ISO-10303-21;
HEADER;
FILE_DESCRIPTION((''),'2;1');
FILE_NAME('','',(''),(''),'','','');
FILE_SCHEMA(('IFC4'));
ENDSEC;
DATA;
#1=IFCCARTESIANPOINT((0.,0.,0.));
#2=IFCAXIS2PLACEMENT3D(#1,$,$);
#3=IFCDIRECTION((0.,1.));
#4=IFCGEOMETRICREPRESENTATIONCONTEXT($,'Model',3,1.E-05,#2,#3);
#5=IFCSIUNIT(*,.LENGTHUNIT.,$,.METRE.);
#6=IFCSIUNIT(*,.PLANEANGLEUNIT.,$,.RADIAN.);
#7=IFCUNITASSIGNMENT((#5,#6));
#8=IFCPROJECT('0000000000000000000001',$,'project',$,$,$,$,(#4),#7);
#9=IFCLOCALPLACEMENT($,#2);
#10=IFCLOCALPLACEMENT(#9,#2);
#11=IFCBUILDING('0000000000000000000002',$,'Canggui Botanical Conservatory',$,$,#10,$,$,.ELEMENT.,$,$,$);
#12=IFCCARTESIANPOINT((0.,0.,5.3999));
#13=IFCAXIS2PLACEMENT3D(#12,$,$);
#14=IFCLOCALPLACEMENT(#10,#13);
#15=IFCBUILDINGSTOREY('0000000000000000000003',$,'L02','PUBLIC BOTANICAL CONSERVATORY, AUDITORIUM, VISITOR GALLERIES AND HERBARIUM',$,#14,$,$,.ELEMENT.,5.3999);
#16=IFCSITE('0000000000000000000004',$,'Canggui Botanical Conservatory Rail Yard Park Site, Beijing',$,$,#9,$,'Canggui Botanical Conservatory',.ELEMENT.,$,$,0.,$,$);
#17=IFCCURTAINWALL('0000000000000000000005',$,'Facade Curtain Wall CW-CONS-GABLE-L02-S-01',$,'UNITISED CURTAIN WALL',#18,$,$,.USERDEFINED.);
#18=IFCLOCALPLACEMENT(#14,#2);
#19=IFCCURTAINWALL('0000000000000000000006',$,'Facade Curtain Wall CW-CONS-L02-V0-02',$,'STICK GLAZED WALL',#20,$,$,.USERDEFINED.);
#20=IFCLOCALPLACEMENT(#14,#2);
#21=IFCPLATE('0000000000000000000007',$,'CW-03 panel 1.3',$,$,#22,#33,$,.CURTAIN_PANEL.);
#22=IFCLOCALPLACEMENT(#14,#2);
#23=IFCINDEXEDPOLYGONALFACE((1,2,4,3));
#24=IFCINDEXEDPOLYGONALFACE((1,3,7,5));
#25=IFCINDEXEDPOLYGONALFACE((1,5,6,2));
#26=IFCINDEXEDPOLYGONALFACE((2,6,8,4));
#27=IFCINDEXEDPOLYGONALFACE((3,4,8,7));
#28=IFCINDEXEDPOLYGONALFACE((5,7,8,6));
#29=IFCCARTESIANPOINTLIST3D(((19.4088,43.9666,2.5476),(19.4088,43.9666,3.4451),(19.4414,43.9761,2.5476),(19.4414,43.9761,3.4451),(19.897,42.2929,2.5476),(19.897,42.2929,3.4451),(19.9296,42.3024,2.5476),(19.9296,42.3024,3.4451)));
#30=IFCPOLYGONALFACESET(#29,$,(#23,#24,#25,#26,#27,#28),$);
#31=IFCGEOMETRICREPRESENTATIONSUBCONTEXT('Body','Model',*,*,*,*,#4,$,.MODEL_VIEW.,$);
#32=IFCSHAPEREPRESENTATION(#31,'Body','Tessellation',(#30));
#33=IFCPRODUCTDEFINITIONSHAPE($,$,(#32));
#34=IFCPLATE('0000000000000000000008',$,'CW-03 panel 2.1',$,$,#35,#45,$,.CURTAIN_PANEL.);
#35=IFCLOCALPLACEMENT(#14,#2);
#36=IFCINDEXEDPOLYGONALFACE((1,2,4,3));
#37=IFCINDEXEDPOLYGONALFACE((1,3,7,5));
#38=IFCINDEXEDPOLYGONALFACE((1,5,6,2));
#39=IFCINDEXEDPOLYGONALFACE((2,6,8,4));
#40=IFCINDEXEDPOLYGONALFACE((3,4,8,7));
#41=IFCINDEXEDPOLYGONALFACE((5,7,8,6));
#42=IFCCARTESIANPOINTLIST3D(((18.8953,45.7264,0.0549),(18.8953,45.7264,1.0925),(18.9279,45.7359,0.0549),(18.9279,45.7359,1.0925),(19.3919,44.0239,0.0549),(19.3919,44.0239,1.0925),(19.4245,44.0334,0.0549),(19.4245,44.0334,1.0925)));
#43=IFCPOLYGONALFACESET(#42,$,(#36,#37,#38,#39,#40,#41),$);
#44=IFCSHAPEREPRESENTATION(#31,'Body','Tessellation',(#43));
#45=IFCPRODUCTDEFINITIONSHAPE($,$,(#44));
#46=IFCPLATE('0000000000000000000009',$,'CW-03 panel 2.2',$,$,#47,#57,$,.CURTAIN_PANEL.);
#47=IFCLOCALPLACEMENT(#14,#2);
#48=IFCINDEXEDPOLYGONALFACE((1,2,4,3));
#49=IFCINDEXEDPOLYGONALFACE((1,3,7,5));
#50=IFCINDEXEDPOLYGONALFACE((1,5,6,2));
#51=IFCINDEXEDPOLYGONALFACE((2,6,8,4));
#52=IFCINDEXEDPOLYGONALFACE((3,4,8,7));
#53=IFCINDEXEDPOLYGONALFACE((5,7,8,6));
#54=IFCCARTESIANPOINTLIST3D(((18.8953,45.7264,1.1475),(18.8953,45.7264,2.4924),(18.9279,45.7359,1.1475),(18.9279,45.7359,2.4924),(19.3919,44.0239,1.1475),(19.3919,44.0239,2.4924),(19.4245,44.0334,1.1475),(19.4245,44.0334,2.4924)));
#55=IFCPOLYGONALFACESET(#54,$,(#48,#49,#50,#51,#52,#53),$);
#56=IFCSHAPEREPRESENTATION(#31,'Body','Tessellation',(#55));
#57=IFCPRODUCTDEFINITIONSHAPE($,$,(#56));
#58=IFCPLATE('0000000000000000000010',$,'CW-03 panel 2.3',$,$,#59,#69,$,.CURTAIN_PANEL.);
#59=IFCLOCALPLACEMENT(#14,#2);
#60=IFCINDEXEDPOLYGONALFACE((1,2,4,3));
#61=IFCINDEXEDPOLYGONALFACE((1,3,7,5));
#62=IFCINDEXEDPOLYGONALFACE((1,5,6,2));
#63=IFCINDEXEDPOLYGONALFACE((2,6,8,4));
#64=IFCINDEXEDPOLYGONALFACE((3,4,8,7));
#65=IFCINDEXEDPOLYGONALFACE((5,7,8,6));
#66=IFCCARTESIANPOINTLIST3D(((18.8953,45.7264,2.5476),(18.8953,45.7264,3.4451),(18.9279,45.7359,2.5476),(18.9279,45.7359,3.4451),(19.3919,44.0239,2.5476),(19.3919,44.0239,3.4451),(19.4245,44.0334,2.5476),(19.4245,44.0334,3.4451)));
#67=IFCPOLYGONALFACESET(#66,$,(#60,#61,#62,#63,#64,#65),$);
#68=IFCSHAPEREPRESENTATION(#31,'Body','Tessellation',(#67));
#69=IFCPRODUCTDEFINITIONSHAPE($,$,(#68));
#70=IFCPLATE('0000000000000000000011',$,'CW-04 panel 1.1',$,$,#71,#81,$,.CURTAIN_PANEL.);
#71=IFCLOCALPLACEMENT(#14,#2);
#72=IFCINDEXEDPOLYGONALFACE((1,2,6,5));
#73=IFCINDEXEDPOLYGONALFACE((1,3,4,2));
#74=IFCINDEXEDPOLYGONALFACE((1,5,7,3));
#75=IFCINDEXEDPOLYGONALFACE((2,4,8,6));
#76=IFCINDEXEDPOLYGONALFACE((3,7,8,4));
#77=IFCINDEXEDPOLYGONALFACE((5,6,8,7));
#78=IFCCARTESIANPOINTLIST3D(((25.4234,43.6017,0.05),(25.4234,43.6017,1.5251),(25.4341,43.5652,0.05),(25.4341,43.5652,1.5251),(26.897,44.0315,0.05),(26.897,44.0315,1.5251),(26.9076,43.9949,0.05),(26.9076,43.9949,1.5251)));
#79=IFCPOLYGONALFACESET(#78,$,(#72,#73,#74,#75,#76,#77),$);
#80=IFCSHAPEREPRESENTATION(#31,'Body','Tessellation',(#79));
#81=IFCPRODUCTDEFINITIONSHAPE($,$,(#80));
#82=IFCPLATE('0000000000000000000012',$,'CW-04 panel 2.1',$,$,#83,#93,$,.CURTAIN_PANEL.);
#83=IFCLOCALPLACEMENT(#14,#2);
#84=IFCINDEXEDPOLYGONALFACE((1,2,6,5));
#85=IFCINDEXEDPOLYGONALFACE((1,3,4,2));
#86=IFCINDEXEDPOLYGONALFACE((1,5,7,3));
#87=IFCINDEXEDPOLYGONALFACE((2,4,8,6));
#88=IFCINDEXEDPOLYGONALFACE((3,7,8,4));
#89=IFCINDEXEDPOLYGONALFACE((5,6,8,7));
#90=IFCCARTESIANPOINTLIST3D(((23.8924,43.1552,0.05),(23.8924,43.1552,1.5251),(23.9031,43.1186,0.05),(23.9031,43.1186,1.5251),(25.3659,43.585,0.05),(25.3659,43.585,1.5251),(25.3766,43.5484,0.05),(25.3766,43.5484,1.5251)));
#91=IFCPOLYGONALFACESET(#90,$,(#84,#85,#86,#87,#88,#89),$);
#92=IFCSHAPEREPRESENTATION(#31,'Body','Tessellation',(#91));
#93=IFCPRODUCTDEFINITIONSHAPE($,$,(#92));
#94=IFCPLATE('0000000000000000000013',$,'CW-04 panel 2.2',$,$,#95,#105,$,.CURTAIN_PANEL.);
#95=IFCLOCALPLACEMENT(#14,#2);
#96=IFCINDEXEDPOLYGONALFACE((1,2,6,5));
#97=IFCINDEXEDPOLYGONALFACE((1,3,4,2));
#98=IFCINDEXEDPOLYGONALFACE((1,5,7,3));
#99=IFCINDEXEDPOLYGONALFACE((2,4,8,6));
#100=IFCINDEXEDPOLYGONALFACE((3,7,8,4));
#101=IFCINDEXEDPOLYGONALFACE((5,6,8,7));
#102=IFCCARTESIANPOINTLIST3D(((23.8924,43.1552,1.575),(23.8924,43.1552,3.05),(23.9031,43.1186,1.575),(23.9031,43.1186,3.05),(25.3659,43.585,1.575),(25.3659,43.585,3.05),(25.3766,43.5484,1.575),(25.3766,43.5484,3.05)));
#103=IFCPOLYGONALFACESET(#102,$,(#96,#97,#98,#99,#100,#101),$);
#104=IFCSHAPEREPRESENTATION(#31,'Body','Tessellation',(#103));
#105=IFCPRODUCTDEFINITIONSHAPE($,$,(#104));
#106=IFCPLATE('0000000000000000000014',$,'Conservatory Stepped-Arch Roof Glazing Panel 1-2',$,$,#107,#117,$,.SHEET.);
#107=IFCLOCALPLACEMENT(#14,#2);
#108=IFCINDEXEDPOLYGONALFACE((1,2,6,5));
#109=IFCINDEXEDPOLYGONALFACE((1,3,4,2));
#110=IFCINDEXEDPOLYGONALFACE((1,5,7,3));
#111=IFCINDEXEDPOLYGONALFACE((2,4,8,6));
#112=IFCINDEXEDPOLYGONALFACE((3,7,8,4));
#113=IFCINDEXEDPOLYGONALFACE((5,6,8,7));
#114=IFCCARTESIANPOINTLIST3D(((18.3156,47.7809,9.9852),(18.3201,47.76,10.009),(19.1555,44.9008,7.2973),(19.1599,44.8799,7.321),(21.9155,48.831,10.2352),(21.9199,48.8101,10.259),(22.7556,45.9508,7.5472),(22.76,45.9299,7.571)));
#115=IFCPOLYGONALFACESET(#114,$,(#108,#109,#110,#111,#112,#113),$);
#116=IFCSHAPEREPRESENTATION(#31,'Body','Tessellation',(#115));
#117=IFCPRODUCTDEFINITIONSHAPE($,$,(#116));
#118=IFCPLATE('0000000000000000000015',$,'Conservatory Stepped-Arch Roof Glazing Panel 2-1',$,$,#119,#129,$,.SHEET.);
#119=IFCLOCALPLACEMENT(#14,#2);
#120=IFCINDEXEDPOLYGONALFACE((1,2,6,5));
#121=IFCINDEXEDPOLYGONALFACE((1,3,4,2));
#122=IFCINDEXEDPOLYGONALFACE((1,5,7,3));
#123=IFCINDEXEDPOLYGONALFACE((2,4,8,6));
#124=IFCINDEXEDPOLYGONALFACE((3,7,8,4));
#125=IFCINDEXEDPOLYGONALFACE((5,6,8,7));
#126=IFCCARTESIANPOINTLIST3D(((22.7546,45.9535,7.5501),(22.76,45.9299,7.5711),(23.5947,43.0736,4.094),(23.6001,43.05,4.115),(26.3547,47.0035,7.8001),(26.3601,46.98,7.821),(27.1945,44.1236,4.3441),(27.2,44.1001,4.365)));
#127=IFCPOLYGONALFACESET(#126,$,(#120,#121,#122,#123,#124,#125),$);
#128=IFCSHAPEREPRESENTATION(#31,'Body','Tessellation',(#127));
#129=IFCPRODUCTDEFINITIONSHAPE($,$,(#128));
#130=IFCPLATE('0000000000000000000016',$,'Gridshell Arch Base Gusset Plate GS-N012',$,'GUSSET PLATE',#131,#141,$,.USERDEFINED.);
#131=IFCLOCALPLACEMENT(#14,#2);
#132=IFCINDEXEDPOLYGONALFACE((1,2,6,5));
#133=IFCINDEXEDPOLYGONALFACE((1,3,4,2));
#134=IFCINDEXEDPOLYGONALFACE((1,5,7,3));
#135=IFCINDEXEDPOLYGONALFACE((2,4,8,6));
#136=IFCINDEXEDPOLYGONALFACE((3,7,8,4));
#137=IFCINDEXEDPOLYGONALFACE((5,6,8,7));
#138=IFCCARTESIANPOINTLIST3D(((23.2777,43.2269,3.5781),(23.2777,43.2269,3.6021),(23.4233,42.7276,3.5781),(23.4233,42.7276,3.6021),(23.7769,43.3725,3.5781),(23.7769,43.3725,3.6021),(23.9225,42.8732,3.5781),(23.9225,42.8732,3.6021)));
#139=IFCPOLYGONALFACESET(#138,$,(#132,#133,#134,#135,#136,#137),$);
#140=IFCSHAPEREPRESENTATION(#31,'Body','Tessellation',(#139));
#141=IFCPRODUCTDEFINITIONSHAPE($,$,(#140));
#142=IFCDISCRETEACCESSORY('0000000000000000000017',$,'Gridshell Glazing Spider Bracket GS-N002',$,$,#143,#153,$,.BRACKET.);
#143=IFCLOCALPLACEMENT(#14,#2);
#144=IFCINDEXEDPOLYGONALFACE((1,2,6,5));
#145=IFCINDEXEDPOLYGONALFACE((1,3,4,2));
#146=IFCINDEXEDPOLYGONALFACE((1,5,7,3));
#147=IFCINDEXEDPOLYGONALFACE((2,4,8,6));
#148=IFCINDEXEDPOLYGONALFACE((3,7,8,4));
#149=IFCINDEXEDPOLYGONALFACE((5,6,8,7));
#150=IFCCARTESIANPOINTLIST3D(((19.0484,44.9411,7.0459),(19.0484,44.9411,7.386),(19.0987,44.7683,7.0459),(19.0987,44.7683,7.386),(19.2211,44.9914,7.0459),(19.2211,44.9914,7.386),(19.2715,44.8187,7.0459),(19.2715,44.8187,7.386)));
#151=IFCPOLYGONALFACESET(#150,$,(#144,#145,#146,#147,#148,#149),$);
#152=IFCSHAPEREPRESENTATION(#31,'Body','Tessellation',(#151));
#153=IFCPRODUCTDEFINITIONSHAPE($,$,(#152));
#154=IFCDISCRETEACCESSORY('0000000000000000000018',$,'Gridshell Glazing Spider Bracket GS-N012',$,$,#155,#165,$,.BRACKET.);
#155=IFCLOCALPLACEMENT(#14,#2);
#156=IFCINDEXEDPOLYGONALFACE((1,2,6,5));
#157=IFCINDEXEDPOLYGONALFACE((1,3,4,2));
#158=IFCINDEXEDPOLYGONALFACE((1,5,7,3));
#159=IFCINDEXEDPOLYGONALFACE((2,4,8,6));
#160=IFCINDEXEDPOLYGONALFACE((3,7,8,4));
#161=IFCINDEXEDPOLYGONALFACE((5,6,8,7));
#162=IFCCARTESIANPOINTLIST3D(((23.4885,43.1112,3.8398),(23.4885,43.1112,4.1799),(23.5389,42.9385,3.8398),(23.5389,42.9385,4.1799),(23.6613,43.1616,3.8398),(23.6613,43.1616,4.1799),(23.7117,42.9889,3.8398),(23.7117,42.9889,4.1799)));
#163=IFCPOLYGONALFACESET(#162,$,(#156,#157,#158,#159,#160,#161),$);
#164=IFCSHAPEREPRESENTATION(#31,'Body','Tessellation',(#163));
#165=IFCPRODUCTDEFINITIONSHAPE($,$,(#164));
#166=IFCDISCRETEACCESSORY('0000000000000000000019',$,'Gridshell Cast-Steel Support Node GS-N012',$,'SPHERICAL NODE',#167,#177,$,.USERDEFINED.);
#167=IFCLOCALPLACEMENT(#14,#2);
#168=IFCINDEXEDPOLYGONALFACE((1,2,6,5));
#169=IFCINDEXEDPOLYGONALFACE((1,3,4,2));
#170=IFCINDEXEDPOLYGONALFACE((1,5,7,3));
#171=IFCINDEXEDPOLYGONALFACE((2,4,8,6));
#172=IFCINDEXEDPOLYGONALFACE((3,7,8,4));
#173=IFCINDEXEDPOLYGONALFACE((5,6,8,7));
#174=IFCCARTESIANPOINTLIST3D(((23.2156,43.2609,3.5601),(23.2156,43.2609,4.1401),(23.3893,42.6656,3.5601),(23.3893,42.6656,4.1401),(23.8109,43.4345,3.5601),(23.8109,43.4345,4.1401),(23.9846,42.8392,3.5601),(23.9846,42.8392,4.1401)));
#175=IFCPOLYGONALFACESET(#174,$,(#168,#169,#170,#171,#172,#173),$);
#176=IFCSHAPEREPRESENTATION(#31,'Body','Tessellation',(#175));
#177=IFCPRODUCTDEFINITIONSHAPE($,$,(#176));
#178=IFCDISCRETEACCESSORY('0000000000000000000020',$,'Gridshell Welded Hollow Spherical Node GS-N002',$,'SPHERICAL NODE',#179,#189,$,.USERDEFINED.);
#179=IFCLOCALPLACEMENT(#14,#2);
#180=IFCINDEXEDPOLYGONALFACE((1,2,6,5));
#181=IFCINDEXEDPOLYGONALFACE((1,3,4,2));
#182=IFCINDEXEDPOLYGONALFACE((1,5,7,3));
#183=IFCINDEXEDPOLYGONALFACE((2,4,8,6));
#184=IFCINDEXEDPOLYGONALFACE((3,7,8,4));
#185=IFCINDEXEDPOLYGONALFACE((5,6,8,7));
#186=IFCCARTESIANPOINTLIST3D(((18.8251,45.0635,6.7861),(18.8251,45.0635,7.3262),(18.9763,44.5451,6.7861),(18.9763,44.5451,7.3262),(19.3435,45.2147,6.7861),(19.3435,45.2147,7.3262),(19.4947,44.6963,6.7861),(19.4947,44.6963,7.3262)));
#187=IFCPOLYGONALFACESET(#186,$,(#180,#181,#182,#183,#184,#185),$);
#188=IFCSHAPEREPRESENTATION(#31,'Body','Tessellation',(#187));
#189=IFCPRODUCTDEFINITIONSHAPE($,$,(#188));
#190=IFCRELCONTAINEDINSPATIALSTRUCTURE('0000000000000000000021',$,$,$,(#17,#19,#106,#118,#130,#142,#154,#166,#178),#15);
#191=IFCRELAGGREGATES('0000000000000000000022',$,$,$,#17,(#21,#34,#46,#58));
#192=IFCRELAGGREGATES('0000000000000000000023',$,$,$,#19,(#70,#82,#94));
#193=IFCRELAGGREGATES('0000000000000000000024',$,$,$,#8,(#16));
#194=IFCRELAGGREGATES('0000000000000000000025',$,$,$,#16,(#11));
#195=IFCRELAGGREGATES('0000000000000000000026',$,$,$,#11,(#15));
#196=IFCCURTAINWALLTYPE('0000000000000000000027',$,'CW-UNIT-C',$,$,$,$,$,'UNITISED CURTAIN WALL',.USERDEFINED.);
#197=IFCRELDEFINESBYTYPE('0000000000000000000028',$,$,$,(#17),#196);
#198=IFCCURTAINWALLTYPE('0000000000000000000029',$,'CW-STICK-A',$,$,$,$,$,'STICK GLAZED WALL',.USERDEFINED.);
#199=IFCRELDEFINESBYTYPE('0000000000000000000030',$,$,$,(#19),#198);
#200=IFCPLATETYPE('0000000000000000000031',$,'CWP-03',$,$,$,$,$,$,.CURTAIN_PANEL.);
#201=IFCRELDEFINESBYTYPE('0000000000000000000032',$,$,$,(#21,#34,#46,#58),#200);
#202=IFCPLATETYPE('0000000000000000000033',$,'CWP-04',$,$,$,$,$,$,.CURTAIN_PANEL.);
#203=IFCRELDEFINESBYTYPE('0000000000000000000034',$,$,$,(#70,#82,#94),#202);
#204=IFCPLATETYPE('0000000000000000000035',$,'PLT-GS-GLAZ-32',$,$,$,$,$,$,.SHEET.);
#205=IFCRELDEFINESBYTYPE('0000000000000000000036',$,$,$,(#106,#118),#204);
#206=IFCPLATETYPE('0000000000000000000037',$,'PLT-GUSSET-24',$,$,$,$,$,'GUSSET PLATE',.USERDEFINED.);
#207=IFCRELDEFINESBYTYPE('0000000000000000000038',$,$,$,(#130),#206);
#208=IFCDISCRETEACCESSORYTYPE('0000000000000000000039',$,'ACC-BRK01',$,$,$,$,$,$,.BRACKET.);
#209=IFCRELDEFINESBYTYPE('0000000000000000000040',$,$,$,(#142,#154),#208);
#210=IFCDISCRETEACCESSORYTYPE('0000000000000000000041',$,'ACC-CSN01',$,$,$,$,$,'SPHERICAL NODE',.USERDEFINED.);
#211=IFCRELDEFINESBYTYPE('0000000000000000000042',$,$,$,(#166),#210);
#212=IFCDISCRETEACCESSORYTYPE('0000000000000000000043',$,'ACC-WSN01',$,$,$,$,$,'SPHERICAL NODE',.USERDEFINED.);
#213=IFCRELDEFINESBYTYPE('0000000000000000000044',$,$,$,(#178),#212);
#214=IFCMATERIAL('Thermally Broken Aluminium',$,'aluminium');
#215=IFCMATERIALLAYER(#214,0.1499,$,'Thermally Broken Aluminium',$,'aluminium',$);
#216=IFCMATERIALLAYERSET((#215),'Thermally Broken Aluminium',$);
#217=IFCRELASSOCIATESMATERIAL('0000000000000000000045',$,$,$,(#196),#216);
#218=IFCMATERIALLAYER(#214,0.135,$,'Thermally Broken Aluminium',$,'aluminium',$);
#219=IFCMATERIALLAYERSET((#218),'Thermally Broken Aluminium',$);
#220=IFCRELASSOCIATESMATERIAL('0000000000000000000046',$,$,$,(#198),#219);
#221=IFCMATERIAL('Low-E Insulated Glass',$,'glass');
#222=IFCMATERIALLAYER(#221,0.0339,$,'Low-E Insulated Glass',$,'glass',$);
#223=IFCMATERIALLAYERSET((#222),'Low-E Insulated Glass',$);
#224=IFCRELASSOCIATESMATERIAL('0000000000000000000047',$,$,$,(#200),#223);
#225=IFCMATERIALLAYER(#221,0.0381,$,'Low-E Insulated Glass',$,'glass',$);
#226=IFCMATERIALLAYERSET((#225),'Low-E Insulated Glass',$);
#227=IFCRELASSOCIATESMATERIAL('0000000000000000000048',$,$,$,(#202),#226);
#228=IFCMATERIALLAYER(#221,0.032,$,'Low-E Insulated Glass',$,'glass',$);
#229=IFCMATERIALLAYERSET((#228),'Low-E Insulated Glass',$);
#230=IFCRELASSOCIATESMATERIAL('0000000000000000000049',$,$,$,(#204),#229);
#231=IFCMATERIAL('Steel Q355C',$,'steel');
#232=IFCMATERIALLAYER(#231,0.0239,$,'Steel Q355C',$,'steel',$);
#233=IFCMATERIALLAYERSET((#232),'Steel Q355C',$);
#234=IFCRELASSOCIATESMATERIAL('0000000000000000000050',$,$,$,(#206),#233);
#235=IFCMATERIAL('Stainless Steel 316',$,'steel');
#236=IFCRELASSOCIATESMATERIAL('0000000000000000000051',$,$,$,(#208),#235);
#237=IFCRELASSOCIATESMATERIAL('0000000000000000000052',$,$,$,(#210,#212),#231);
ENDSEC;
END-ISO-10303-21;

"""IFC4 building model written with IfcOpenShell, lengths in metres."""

from ifc_helpers import new_model, si_unit, direction, frame, origin, origin_2d, place, context, subcontext, project, spatial, polyline, rectangle, outline, extrude, material, layer, layer_set, type_object, element, aggregate, save


model = new_model("IFC4")

# Units and contexts
model_context = context("Model", 3, precision=1e-05, world=origin(), true_north=direction((0.0, 1.0)))
body_context = subcontext(model_context, "Body", "Model", "MODEL_VIEW")
ifc_project = project(units=[si_unit("LENGTHUNIT", "METRE"), si_unit("PLANEANGLEUNIT", "RADIAN")], contexts=[model_context])

# Site, building, storey
site_placement = place(None, origin())
site = spatial("IfcSite", under=ifc_project, at=site_placement, Name="Canggui Botanical Conservatory Rail Yard Park Site, Beijing", LongName="Canggui Botanical Conservatory", CompositionType="ELEMENT", RefElevation=0.0)
building_placement = place(site_placement, origin())
building = spatial("IfcBuilding", under=site, at=building_placement, Name="Canggui Botanical Conservatory", CompositionType="ELEMENT")
storey_placement = place(building_placement, frame((0.0, 0.0, 5.3999)))
storey = spatial("IfcBuildingStorey", under=building, at=storey_placement, Name="L02", Description="PUBLIC BOTANICAL CONSERVATORY, AUDITORIUM, VISITOR GALLERIES AND HERBARIUM", CompositionType="ELEMENT", Elevation=5.3999)

# Shared definitions
ifc_material_1 = material(Name="Steel Q355C", Category="steel")

# Curtain wall
ifc_material_2 = material(Name="Thermally Broken Aluminium", Category="aluminium")
ifc_layer_1 = layer(ifc_material_2, 0.1499, Name="Thermally Broken Aluminium", Category="aluminium")
ifc_layer_set_1 = layer_set([ifc_layer_1], Name="Thermally Broken Aluminium")
curtain_wall_type_1 = type_object("IfcCurtainWallType", Name="CW-UNIT-C", ElementType="UNITISED CURTAIN WALL", PredefinedType="USERDEFINED", material=ifc_layer_set_1)
curtain_wall_1_placement = place(storey_placement, origin())
curtain_wall_1 = element("IfcCurtainWall", 1, at=curtain_wall_1_placement, inside=storey, type_object=curtain_wall_type_1, Name="Facade Curtain Wall CW-CONS-GABLE-L02-S-01", ObjectType="UNITISED CURTAIN WALL", PredefinedType="USERDEFINED")
ifc_layer_2 = layer(ifc_material_2, 0.135, Name="Thermally Broken Aluminium", Category="aluminium")
ifc_layer_set_2 = layer_set([ifc_layer_2], Name="Thermally Broken Aluminium")
curtain_wall_type_2 = type_object("IfcCurtainWallType", Name="CW-STICK-A", ElementType="STICK GLAZED WALL", PredefinedType="USERDEFINED", material=ifc_layer_set_2)

# Curtain wall
curtain_wall_2_placement = place(storey_placement, origin())
curtain_wall_2 = element("IfcCurtainWall", 2, at=curtain_wall_2_placement, inside=storey, type_object=curtain_wall_type_2, Name="Facade Curtain Wall CW-CONS-L02-V0-02", ObjectType="STICK GLAZED WALL", PredefinedType="USERDEFINED")

# Plates
ifc_material_3 = material(Name="Low-E Insulated Glass", Category="glass")
ifc_layer_3 = layer(ifc_material_3, 0.0339, Name="Low-E Insulated Glass", Category="glass")
ifc_layer_set_3 = layer_set([ifc_layer_3], Name="Low-E Insulated Glass")
plate_type_1 = type_object("IfcPlateType", Name="CWP-03", PredefinedType="CURTAIN_PANEL", material=ifc_layer_set_3)
plate_1_placement = place(storey_placement, frame((19.6692, 43.1345, 2.5476), z_axis=(0.0, 0.0, 1.0), x_axis=(-0.28, 0.96, 0.0)))
plate_1 = element("IfcPlate", 3, at=plate_1_placement, type_object=plate_type_1, Name="CW-03 panel 1.3", PredefinedType="CURTAIN_PANEL", context=body_context, shape_type="SweptSolid", body=[
    extrude(rectangle(XDim=1.7434, YDim=0.0339, at=origin_2d()), origin(), (0.0, 0.0, 1.0), 0.8975),
])
plate_2_placement = place(storey_placement, frame((19.1599, 44.8799, 0.0549), z_axis=(0.0, 0.0, 1.0), x_axis=(-0.28, 0.96, 0.0)))
plate_2 = element("IfcPlate", 4, at=plate_2_placement, type_object=plate_type_1, Name="CW-03 panel 2.1", PredefinedType="CURTAIN_PANEL", context=body_context, shape_type="SweptSolid", body=[
    extrude(rectangle(XDim=1.7734, YDim=0.0339, at=origin_2d()), origin(), (0.0, 0.0, 1.0), 1.0376),
])
plate_3_placement = place(storey_placement, frame((19.1599, 44.8799, 1.1475), z_axis=(0.0, 0.0, 1.0), x_axis=(-0.28, 0.96, 0.0)))
plate_3 = element("IfcPlate", 5, at=plate_3_placement, type_object=plate_type_1, Name="CW-03 panel 2.2", PredefinedType="CURTAIN_PANEL", context=body_context, shape_type="SweptSolid", body=[
    extrude(rectangle(XDim=1.7734, YDim=0.0339, at=origin_2d()), origin(), (0.0, 0.0, 1.0), 1.345),
])
plate_4_placement = place(storey_placement, frame((19.1599, 44.8799, 2.5476), z_axis=(0.0, 0.0, 1.0), x_axis=(-0.28, 0.96, 0.0)))
plate_4 = element("IfcPlate", 6, at=plate_4_placement, type_object=plate_type_1, Name="CW-03 panel 2.3", PredefinedType="CURTAIN_PANEL", context=body_context, shape_type="SweptSolid", body=[
    extrude(rectangle(XDim=1.7734, YDim=0.0339, at=origin_2d()), origin(), (0.0, 0.0, 1.0), 0.8975),
])
aggregate(curtain_wall_1, [plate_1, plate_2, plate_3, plate_4])
ifc_layer_4 = layer(ifc_material_3, 0.0381, Name="Low-E Insulated Glass", Category="glass")
ifc_layer_set_4 = layer_set([ifc_layer_4], Name="Low-E Insulated Glass")
plate_type_2 = type_object("IfcPlateType", Name="CWP-04", PredefinedType="CURTAIN_PANEL", material=ifc_layer_set_4)
plate_5_placement = place(storey_placement, frame((26.1655, 43.7983, 0.05), z_axis=(0.0, 0.0, 1.0), x_axis=(-0.96, -0.28, 0.0)))
plate_5 = element("IfcPlate", 7, at=plate_5_placement, type_object=plate_type_2, Name="CW-04 panel 1.1", PredefinedType="CURTAIN_PANEL", context=body_context, shape_type="SweptSolid", body=[
    extrude(rectangle(XDim=1.5349, YDim=0.0381, at=origin_2d()), origin(), (0.0, 0.0, 1.0), 1.4751),
])
plate_6_placement = place(storey_placement, frame((24.6345, 43.3518, 0.05), z_axis=(0.0, 0.0, 1.0), x_axis=(-0.96, -0.28, 0.0)))
plate_6 = element("IfcPlate", 8, at=plate_6_placement, type_object=plate_type_2, Name="CW-04 panel 2.1", PredefinedType="CURTAIN_PANEL", context=body_context, shape_type="SweptSolid", body=[
    extrude(rectangle(XDim=1.5349, YDim=0.0381, at=origin_2d()), origin(), (0.0, 0.0, 1.0), 1.4751),
])
plate_7_placement = place(storey_placement, frame((24.6345, 43.3518, 1.575), z_axis=(0.0, 0.0, 1.0), x_axis=(-0.96, -0.28, 0.0)))
plate_7 = element("IfcPlate", 9, at=plate_7_placement, type_object=plate_type_2, Name="CW-04 panel 2.2", PredefinedType="CURTAIN_PANEL", context=body_context, shape_type="SweptSolid", body=[
    extrude(rectangle(XDim=1.5349, YDim=0.0381, at=origin_2d()), origin(), (0.0, 0.0, 1.0), 1.4751),
])
aggregate(curtain_wall_2, [plate_5, plate_6, plate_7])

# Plates
ifc_layer_5 = layer(ifc_material_3, 0.032, Name="Low-E Insulated Glass", Category="glass")
ifc_layer_set_5 = layer_set([ifc_layer_5], Name="Low-E Insulated Glass")
plate_type_3 = type_object("IfcPlateType", Name="PLT-GS-GLAZ-32", PredefinedType="SHEET", material=ifc_layer_set_5)
plate_8_placement = place(storey_placement, frame((19.1599, 44.8799, 7.321), z_axis=(0.139016, -0.653704, 0.743872), x_axis=(0.957872, 0.279388, 0.066514)))
element("IfcPlate", 10, at=plate_8_placement, inside=storey, type_object=plate_type_3, Name="Conservatory Stepped-Arch Roof Glazing Panel 1-2", PredefinedType="SHEET", context=body_context, shape_type="SweptSolid", body=[
    extrude(outline(polyline([(0.0, 0.0), (3.7584, 0.0), (3.9372, 4.0242), (0.179, 4.0241), (0.0, 0.0)])), origin(), (0.0, 0.0, -1.0), 0.032),
])
plate_9_placement = place(storey_placement, frame((23.6001, 43.05, 4.115), z_axis=(0.169349, -0.736511, 0.654883), x_axis=(0.957868, 0.279398, 0.066525)))
element("IfcPlate", 11, at=plate_9_placement, inside=storey, type_object=plate_type_3, Name="Conservatory Stepped-Arch Roof Glazing Panel 2-1", PredefinedType="SHEET", context=body_context, shape_type="SweptSolid", body=[
    extrude(outline(polyline([(0.0, 0.0), (3.7582, 0.0), (3.9883, 4.5706), (0.2299, 4.5707), (0.0, 0.0)])), origin(), (0.0, 0.0, -1.0), 0.032),
])
ifc_layer_6 = layer(ifc_material_1, 0.0239, Name="Steel Q355C", Category="steel")
ifc_layer_set_6 = layer_set([ifc_layer_6], Name="Steel Q355C")
plate_type_4 = type_object("IfcPlateType", Name="PLT-GUSSET-24", ElementType="GUSSET PLATE", PredefinedType="USERDEFINED", material=ifc_layer_set_6)
plate_10_placement = place(storey_placement, frame((23.6001, 43.05, 3.5781), z_axis=(0.0, 0.0, 1.0), x_axis=(0.96, 0.28, 0.0)))
element("IfcPlate", 12, at=plate_10_placement, inside=storey, type_object=plate_type_4, Name="Gridshell Arch Base Gusset Plate GS-N012", ObjectType="GUSSET PLATE", PredefinedType="USERDEFINED", context=body_context, shape_type="SweptSolid", body=[
    extrude(rectangle(XDim=0.52, YDim=0.52, at=origin_2d()), origin(), (0.0, 0.0, 1.0), 0.0239),
])

# Discrete accessories
ifc_material_4 = material(Name="Stainless Steel 316", Category="steel")
discrete_accessory_type_1 = type_object("IfcDiscreteAccessoryType", Name="ACC-BRK01", PredefinedType="BRACKET", material=ifc_material_4)
for number, where, z_axis, x_axis, name in (
    (13, (19.1599, 44.8799, 7.0459), (0.0, 0.0, 1.0), (0.96, 0.28, 0.0), "Gridshell Glazing Spider Bracket GS-N002"),
    (14, (23.6001, 43.05, 3.8398), (0.0, 0.0, 1.0), (0.96, 0.28, 0.0), "Gridshell Glazing Spider Bracket GS-N012"),
):
    element("IfcDiscreteAccessory", number, at=place(storey_placement, frame(where, z_axis=z_axis, x_axis=x_axis)), inside=storey, type_object=discrete_accessory_type_1, Name=name, PredefinedType="BRACKET", context=body_context, shape_type="SweptSolid", body=[
        extrude(rectangle(XDim=0.1799, YDim=0.1799, at=origin_2d()), origin(), (0.0, 0.0, 1.0), 0.3401),
    ])
discrete_accessory_type_2 = type_object("IfcDiscreteAccessoryType", Name="ACC-CSN01", ElementType="SPHERICAL NODE", PredefinedType="USERDEFINED", material=ifc_material_1)
discrete_accessory_1_placement = place(storey_placement, frame((23.6001, 43.05, 3.5601), z_axis=(0.0, 0.0, 1.0), x_axis=(0.96, 0.28, 0.0)))
element("IfcDiscreteAccessory", 15, at=discrete_accessory_1_placement, inside=storey, type_object=discrete_accessory_type_2, Name="Gridshell Cast-Steel Support Node GS-N012", ObjectType="SPHERICAL NODE", PredefinedType="USERDEFINED", context=body_context, shape_type="SweptSolid", body=[
    extrude(rectangle(XDim=0.6201, YDim=0.6201, at=origin_2d()), origin(), (0.0, 0.0, 1.0), 0.5801),
])
discrete_accessory_type_3 = type_object("IfcDiscreteAccessoryType", Name="ACC-WSN01", ElementType="SPHERICAL NODE", PredefinedType="USERDEFINED", material=ifc_material_1)
discrete_accessory_2_placement = place(storey_placement, frame((19.1599, 44.8799, 6.7861), z_axis=(0.0, 0.0, 1.0), x_axis=(0.96, 0.28, 0.0)))
element("IfcDiscreteAccessory", 16, at=discrete_accessory_2_placement, inside=storey, type_object=discrete_accessory_type_3, Name="Gridshell Welded Hollow Spherical Node GS-N002", ObjectType="SPHERICAL NODE", PredefinedType="USERDEFINED", context=body_context, shape_type="SweptSolid", body=[
    extrude(rectangle(XDim=0.54, YDim=0.54, at=origin_2d()), origin(), (0.0, 0.0, 1.0), 0.54),
])

save(model, "model.ifc")
